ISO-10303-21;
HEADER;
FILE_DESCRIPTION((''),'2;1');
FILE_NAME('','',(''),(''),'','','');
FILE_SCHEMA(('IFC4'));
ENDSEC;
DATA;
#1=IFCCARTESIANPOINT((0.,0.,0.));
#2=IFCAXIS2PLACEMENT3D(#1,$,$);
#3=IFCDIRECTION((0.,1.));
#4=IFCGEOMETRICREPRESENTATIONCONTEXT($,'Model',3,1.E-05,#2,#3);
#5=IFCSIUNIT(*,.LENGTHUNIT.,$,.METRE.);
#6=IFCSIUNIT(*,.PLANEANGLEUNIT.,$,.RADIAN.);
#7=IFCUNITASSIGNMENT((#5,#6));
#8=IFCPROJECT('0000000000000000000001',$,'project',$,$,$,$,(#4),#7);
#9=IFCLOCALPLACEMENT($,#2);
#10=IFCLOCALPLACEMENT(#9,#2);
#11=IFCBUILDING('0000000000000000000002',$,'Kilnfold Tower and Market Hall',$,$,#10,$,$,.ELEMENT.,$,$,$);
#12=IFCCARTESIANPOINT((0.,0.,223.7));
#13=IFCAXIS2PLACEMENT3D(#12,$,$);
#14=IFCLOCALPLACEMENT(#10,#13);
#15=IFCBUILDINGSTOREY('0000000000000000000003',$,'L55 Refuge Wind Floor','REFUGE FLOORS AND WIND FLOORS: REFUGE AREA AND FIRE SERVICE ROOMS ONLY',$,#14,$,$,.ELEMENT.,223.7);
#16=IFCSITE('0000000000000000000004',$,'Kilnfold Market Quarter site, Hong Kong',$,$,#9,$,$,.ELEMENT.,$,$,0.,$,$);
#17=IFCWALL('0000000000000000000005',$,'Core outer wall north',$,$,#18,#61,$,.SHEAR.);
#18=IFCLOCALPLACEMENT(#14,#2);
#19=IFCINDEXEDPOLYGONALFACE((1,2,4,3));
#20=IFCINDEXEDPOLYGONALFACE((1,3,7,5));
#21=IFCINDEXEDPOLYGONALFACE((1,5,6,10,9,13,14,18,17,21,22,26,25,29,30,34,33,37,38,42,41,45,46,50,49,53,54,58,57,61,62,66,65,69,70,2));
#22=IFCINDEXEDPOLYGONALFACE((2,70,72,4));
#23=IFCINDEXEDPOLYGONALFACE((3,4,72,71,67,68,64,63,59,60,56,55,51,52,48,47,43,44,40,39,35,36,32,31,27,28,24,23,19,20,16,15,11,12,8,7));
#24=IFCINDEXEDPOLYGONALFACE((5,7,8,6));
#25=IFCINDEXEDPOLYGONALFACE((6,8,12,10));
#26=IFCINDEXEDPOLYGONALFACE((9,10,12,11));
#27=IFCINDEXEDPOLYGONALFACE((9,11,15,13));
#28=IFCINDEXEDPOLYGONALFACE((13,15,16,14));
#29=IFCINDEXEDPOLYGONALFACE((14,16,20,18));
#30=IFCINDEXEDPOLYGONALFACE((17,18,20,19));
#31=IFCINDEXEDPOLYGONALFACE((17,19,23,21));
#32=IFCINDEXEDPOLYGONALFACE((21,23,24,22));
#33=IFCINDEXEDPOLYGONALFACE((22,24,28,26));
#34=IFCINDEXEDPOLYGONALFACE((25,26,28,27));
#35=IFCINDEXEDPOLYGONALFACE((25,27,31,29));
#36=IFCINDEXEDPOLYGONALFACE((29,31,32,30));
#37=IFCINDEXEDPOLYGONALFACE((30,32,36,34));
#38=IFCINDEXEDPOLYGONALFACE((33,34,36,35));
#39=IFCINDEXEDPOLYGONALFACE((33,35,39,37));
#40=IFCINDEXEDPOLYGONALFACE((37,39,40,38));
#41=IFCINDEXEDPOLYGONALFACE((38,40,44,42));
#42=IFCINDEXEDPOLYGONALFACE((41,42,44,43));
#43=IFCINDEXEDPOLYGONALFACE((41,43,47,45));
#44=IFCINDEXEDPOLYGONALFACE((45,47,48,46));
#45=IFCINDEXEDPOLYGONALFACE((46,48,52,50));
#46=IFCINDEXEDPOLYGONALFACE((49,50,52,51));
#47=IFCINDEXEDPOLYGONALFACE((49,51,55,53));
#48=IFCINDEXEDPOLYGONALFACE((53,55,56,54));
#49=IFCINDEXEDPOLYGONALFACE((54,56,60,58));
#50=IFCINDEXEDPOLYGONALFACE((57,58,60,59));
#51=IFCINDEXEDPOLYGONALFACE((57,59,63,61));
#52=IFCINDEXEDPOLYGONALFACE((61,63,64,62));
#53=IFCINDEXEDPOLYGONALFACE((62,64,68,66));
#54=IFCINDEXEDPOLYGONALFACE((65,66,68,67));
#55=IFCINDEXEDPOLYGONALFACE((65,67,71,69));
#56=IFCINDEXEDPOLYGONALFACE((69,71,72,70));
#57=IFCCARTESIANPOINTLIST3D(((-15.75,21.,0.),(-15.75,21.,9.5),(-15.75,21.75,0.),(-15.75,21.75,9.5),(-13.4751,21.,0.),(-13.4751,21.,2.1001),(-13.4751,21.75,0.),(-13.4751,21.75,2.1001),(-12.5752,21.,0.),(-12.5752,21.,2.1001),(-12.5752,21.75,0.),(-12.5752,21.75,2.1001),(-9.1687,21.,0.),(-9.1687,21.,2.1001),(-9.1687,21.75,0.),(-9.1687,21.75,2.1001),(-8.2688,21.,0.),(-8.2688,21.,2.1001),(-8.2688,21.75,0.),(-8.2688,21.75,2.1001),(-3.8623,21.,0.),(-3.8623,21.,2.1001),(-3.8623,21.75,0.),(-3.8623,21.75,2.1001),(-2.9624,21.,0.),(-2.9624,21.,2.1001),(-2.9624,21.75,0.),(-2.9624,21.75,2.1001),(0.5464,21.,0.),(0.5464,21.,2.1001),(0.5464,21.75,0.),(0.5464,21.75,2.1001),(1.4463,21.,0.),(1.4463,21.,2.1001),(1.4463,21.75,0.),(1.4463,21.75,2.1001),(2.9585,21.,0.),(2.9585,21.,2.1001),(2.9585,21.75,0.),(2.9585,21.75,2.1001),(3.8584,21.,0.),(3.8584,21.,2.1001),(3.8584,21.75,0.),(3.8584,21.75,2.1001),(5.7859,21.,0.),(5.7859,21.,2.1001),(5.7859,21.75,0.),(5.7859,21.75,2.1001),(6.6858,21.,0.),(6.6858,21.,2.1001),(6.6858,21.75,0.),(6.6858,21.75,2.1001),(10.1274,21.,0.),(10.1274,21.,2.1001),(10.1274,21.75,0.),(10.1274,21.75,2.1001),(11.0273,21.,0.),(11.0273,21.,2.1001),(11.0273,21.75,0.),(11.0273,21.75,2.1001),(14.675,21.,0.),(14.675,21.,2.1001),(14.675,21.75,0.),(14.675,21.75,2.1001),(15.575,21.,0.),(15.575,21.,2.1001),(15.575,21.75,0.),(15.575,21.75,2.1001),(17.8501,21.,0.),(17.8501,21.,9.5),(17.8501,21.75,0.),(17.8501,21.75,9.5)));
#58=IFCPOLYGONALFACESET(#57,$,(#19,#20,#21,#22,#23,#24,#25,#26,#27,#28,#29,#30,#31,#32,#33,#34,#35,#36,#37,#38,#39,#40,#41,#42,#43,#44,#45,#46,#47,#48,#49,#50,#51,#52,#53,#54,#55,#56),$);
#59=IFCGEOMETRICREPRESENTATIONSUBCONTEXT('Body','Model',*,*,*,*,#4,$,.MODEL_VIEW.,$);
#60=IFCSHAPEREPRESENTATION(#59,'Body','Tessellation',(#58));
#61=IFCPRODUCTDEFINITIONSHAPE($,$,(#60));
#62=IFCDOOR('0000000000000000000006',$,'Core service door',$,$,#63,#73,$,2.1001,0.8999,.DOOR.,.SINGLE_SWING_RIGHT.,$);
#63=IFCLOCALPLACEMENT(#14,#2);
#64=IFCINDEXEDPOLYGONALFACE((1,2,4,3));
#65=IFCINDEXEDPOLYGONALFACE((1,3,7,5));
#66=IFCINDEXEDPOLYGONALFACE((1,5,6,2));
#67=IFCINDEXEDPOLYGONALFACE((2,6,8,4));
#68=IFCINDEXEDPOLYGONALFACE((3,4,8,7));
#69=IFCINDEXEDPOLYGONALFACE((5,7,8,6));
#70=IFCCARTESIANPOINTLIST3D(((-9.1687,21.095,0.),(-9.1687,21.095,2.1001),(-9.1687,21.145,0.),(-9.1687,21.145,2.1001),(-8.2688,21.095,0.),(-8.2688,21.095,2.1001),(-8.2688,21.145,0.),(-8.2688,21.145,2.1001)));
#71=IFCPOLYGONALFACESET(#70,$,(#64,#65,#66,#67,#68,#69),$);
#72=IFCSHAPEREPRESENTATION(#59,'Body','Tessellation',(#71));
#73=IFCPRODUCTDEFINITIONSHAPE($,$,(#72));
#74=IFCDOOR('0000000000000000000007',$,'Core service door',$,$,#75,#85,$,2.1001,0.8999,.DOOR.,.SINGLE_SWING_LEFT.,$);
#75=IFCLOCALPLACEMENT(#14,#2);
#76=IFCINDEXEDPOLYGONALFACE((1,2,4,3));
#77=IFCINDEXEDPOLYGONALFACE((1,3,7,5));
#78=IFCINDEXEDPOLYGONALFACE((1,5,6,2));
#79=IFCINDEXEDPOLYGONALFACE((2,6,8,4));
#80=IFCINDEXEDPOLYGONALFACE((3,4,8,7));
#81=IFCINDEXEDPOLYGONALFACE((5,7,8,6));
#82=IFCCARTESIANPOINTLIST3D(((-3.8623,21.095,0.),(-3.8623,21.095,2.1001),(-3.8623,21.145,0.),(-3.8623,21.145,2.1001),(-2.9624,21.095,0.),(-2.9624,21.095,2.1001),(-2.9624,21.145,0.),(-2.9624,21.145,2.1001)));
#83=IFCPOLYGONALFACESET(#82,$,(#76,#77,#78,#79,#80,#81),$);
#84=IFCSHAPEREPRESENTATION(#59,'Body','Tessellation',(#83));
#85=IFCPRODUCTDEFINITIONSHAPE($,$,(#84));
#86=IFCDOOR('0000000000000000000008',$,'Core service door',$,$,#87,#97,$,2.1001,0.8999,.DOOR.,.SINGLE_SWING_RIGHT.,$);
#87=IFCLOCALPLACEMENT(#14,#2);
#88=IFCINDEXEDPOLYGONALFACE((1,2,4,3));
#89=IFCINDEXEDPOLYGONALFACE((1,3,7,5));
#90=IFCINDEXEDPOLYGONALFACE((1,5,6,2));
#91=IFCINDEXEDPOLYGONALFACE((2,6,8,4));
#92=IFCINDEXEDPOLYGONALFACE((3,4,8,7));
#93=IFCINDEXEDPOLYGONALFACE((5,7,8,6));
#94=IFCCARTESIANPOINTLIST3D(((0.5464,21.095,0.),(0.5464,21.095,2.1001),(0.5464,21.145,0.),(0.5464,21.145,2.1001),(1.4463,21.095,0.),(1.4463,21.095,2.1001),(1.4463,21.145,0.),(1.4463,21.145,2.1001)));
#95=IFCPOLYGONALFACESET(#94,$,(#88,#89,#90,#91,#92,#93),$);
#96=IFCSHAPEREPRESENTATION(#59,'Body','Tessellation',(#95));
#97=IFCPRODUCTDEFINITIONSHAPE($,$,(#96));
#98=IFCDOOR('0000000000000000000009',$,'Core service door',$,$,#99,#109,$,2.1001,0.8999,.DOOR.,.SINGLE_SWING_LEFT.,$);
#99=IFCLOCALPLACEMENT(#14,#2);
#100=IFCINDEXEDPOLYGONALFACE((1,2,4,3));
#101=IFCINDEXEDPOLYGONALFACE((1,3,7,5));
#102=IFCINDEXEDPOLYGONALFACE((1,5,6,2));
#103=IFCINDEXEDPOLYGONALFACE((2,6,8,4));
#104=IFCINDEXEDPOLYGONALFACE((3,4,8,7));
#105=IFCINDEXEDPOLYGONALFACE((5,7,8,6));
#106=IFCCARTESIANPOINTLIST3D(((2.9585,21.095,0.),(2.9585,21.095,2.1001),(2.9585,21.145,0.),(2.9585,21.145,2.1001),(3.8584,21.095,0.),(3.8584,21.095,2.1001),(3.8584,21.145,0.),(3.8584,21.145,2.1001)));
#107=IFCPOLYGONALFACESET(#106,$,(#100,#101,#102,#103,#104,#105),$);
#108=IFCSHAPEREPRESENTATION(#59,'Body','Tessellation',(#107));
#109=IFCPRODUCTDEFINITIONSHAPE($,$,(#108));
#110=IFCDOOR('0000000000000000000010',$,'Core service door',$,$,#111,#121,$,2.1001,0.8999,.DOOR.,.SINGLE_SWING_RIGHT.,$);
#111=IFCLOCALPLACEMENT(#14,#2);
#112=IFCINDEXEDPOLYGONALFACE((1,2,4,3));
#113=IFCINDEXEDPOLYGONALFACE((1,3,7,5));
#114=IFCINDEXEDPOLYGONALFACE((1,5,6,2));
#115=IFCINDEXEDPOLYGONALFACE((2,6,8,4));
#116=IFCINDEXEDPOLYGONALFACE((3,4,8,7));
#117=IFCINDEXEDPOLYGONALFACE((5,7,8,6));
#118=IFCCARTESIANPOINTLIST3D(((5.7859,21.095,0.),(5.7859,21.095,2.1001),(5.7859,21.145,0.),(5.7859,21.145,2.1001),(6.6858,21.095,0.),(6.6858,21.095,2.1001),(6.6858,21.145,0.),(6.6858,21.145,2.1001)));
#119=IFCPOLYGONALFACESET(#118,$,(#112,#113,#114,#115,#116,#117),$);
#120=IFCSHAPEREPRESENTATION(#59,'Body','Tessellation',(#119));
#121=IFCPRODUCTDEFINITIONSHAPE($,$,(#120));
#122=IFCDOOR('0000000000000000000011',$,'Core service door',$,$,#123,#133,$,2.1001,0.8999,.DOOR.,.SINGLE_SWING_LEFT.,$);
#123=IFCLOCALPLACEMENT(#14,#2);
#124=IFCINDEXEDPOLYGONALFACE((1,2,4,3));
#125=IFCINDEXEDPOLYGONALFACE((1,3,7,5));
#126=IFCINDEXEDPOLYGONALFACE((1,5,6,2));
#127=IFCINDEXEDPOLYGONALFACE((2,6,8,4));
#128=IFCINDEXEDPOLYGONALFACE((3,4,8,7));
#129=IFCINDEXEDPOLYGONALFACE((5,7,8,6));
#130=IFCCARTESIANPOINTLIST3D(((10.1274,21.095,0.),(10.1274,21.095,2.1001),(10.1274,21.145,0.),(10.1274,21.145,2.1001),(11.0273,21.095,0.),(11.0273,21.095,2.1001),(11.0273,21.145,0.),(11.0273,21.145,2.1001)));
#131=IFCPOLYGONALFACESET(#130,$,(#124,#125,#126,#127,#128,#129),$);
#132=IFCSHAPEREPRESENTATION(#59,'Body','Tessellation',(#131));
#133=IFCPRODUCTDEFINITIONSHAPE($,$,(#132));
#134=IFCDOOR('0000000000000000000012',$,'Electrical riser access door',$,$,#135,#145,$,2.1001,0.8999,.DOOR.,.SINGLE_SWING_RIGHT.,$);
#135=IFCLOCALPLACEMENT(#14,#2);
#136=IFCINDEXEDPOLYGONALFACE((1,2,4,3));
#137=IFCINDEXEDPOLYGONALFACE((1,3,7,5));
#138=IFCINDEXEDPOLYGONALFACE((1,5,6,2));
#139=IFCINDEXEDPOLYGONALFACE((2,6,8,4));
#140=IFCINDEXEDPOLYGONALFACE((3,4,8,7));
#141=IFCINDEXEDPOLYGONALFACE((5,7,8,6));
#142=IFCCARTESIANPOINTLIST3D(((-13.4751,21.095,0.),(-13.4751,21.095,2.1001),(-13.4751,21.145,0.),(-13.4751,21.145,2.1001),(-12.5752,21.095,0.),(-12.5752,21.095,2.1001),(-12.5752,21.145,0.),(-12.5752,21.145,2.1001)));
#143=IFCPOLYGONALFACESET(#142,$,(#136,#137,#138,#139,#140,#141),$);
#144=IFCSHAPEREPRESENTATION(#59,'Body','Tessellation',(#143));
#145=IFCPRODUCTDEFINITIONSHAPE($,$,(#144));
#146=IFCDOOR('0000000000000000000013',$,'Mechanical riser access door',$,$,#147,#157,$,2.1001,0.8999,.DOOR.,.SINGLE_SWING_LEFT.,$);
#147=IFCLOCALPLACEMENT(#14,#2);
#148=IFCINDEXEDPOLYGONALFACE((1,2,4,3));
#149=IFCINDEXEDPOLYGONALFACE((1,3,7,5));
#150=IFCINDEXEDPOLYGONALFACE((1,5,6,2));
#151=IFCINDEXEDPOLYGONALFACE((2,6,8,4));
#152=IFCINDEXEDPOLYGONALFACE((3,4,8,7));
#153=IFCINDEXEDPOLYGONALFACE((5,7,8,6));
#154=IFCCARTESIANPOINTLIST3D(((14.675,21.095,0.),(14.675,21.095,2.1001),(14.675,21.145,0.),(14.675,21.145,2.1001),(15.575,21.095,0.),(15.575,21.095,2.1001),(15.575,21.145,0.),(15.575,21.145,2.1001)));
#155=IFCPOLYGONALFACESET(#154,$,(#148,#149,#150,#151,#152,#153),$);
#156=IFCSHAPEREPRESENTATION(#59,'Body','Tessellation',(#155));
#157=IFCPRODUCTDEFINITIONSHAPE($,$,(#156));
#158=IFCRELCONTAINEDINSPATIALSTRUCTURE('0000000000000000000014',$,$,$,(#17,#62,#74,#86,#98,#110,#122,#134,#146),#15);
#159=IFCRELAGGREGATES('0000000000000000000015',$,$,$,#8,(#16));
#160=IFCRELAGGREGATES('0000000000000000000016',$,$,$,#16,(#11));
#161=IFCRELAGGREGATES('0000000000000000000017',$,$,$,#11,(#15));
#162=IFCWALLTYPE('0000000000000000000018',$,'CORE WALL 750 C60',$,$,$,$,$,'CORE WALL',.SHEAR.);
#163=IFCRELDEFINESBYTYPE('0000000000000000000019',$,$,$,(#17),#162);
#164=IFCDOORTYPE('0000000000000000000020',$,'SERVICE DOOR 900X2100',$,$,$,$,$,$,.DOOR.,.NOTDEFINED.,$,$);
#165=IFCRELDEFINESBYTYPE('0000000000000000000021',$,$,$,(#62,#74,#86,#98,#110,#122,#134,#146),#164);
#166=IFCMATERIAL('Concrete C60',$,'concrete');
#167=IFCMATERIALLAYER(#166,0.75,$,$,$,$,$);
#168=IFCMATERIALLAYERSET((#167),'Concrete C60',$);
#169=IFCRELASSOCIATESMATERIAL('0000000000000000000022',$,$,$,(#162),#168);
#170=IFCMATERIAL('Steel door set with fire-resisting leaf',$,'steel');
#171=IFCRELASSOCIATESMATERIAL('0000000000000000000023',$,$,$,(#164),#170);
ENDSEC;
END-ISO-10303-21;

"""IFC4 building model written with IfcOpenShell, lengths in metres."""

from ifc_helpers import new_model, si_unit, direction, frame, frame_2d, origin, place, context, subcontext, project, spatial, rectangle, extrude, source, transform, mapped, material, layer, layer_set, type_object, element, fill, save


model = new_model("IFC4")

# Units and contexts
model_context = context("Model", 3, precision=1e-05, world=origin(), true_north=direction((0.0, 1.0)))
body_context = subcontext(model_context, "Body", "Model", "MODEL_VIEW")
ifc_project = project(units=[si_unit("LENGTHUNIT", "METRE"), si_unit("PLANEANGLEUNIT", "RADIAN")], contexts=[model_context])

# Site, building, storey
site_placement = place(None, origin())
site = spatial("IfcSite", under=ifc_project, at=site_placement, Name="Kilnfold Market Quarter site, Hong Kong", CompositionType="ELEMENT", RefElevation=0.0)
building_placement = place(site_placement, origin())
building = spatial("IfcBuilding", under=site, at=building_placement, Name="Kilnfold Tower and Market Hall", CompositionType="ELEMENT")
storey_placement = place(building_placement, frame((0.0, 0.0, 223.7)))
storey = spatial("IfcBuildingStorey", under=building, at=storey_placement, Name="L55 Refuge Wind Floor", Description="REFUGE FLOORS AND WIND FLOORS: REFUGE AREA AND FIRE SERVICE ROOMS ONLY", CompositionType="ELEMENT", Elevation=223.7)

# Wall, openings, doors
ifc_material_1 = material(Name="Concrete C60", Category="concrete")
ifc_layer_1 = layer(ifc_material_1, 0.75)
ifc_layer_set_1 = layer_set([ifc_layer_1], Name="Concrete C60")
wall_type_1 = type_object("IfcWallType", Name="CORE WALL 750 C60", ElementType="CORE WALL", PredefinedType="SHEAR", material=ifc_layer_set_1)
shared_shape_1 = source(origin(), body_context, "Body", "SweptSolid", [
    extrude(rectangle(XDim=33.6001, YDim=0.75, at=frame_2d((16.8, 0.0))), origin(), (0.0, 0.0, 1.0), 9.5),
])
wall_1_placement = place(storey_placement, frame((-15.75, 21.375, 0.0), z_axis=(0.0, 0.0, 1.0), x_axis=(1.0, 0.0, 0.0)))
wall_1 = element("IfcWall", 1, at=wall_1_placement, inside=storey, type_object=wall_type_1, Name="Core outer wall north", PredefinedType="SHEAR", context=body_context, shape_type="MappedRepresentation", body=[
    mapped(shared_shape_1, transform((0.0, 0.0, 0.0))),
])
opening_1_placement = place(wall_1_placement, frame((6.5813, 0.0, 0.0)))
opening_1 = element("IfcOpeningElement", 2, at=opening_1_placement, cuts=wall_1, PredefinedType="OPENING", context=body_context, shape_type="SweptSolid", body=[
    extrude(rectangle(XDim=0.8999, YDim=2.1001, at=frame_2d((0.45, 1.05))), frame((0.0, 0.385, 0.0), z_axis=(0.0, -1.0, 0.0), x_axis=(1.0, 0.0, 0.0)), (0.0, 0.0, 1.0), 0.77),
])
opening_2_placement = place(wall_1_placement, frame((11.8877, 0.0, 0.0)))
opening_2 = element("IfcOpeningElement", 3, at=opening_2_placement, cuts=wall_1, PredefinedType="OPENING", context=body_context, shape_type="SweptSolid", body=[
    extrude(rectangle(XDim=0.8999, YDim=2.1001, at=frame_2d((0.45, 1.05))), frame((0.0, 0.385, 0.0), z_axis=(0.0, -1.0, 0.0), x_axis=(1.0, 0.0, 0.0)), (0.0, 0.0, 1.0), 0.77),
])
opening_3_placement = place(wall_1_placement, frame((16.2964, 0.0, 0.0)))
opening_3 = element("IfcOpeningElement", 4, at=opening_3_placement, cuts=wall_1, PredefinedType="OPENING", context=body_context, shape_type="SweptSolid", body=[
    extrude(rectangle(XDim=0.8999, YDim=2.1001, at=frame_2d((0.45, 1.05))), frame((0.0, 0.385, 0.0), z_axis=(0.0, -1.0, 0.0), x_axis=(1.0, 0.0, 0.0)), (0.0, 0.0, 1.0), 0.77),
])
opening_4_placement = place(wall_1_placement, frame((18.7085, 0.0, 0.0)))
opening_4 = element("IfcOpeningElement", 5, at=opening_4_placement, cuts=wall_1, PredefinedType="OPENING", context=body_context, shape_type="SweptSolid", body=[
    extrude(rectangle(XDim=0.8999, YDim=2.1001, at=frame_2d((0.45, 1.05))), frame((0.0, 0.385, 0.0), z_axis=(0.0, -1.0, 0.0), x_axis=(1.0, 0.0, 0.0)), (0.0, 0.0, 1.0), 0.77),
])
opening_5_placement = place(wall_1_placement, frame((21.5359, 0.0, 0.0)))
opening_5 = element("IfcOpeningElement", 6, at=opening_5_placement, cuts=wall_1, PredefinedType="OPENING", context=body_context, shape_type="SweptSolid", body=[
    extrude(rectangle(XDim=0.8999, YDim=2.1001, at=frame_2d((0.45, 1.05))), frame((0.0, 0.385, 0.0), z_axis=(0.0, -1.0, 0.0), x_axis=(1.0, 0.0, 0.0)), (0.0, 0.0, 1.0), 0.77),
])
opening_6_placement = place(wall_1_placement, frame((25.8774, 0.0, 0.0)))
opening_6 = element("IfcOpeningElement", 7, at=opening_6_placement, cuts=wall_1, PredefinedType="OPENING", context=body_context, shape_type="SweptSolid", body=[
    extrude(rectangle(XDim=0.8999, YDim=2.1001, at=frame_2d((0.45, 1.05))), frame((0.0, 0.385, 0.0), z_axis=(0.0, -1.0, 0.0), x_axis=(1.0, 0.0, 0.0)), (0.0, 0.0, 1.0), 0.77),
])
opening_7_placement = place(wall_1_placement, frame((2.2749, 0.0, 0.0)))
opening_7 = element("IfcOpeningElement", 8, at=opening_7_placement, cuts=wall_1, PredefinedType="OPENING", context=body_context, shape_type="SweptSolid", body=[
    extrude(rectangle(XDim=0.8999, YDim=2.1001, at=frame_2d((0.45, 1.05))), frame((0.0, 0.385, 0.0), z_axis=(0.0, -1.0, 0.0), x_axis=(1.0, 0.0, 0.0)), (0.0, 0.0, 1.0), 0.77),
])
opening_8_placement = place(wall_1_placement, frame((30.425, 0.0, 0.0)))
opening_8 = element("IfcOpeningElement", 9, at=opening_8_placement, cuts=wall_1, PredefinedType="OPENING", context=body_context, shape_type="SweptSolid", body=[
    extrude(rectangle(XDim=0.8999, YDim=2.1001, at=frame_2d((0.45, 1.05))), frame((0.0, 0.385, 0.0), z_axis=(0.0, -1.0, 0.0), x_axis=(1.0, 0.0, 0.0)), (0.0, 0.0, 1.0), 0.77),
])
ifc_material_2 = material(Name="Steel door set with fire-resisting leaf", Category="steel")
door_type = type_object("IfcDoorType", Name="SERVICE DOOR 900X2100", OperationType="NOTDEFINED", PredefinedType="DOOR", material=ifc_material_2)
door_1_placement = place(opening_1_placement, origin())
door_1 = element("IfcDoor", 10, at=door_1_placement, inside=storey, type_object=door_type, Name="Core service door", OperationType="SINGLE_SWING_RIGHT", OverallHeight=2.1001, OverallWidth=0.8999, PredefinedType="DOOR", context=body_context, shape_type="SweptSolid", body=[
    extrude(rectangle(XDim=0.8999, YDim=2.1001, at=frame_2d((0.45, 1.05))), frame((0.0, -0.23, 0.0), z_axis=(0.0, -1.0, 0.0), x_axis=(1.0, 0.0, 0.0)), (0.0, 0.0, 1.0), 0.05),
])
fill(opening_1, door_1)
door_2_placement = place(opening_2_placement, origin())
door_2 = element("IfcDoor", 11, at=door_2_placement, inside=storey, type_object=door_type, Name="Core service door", OperationType="SINGLE_SWING_LEFT", OverallHeight=2.1001, OverallWidth=0.8999, PredefinedType="DOOR", context=body_context, shape_type="SweptSolid", body=[
    extrude(rectangle(XDim=0.8999, YDim=2.1001, at=frame_2d((0.45, 1.05))), frame((0.0, -0.23, 0.0), z_axis=(0.0, -1.0, 0.0), x_axis=(1.0, 0.0, 0.0)), (0.0, 0.0, 1.0), 0.05),
])
fill(opening_2, door_2)
door_3_placement = place(opening_3_placement, origin())
door_3 = element("IfcDoor", 12, at=door_3_placement, inside=storey, type_object=door_type, Name="Core service door", OperationType="SINGLE_SWING_RIGHT", OverallHeight=2.1001, OverallWidth=0.8999, PredefinedType="DOOR", context=body_context, shape_type="SweptSolid", body=[
    extrude(rectangle(XDim=0.8999, YDim=2.1001, at=frame_2d((0.45, 1.05))), frame((0.0, -0.23, 0.0), z_axis=(0.0, -1.0, 0.0), x_axis=(1.0, 0.0, 0.0)), (0.0, 0.0, 1.0), 0.05),
])
fill(opening_3, door_3)
door_4_placement = place(opening_4_placement, origin())
door_4 = element("IfcDoor", 13, at=door_4_placement, inside=storey, type_object=door_type, Name="Core service door", OperationType="SINGLE_SWING_LEFT", OverallHeight=2.1001, OverallWidth=0.8999, PredefinedType="DOOR", context=body_context, shape_type="SweptSolid", body=[
    extrude(rectangle(XDim=0.8999, YDim=2.1001, at=frame_2d((0.45, 1.05))), frame((0.0, -0.23, 0.0), z_axis=(0.0, -1.0, 0.0), x_axis=(1.0, 0.0, 0.0)), (0.0, 0.0, 1.0), 0.05),
])
fill(opening_4, door_4)
door_5_placement = place(opening_5_placement, origin())
door_5 = element("IfcDoor", 14, at=door_5_placement, inside=storey, type_object=door_type, Name="Core service door", OperationType="SINGLE_SWING_RIGHT", OverallHeight=2.1001, OverallWidth=0.8999, PredefinedType="DOOR", context=body_context, shape_type="SweptSolid", body=[
    extrude(rectangle(XDim=0.8999, YDim=2.1001, at=frame_2d((0.45, 1.05))), frame((0.0, -0.23, 0.0), z_axis=(0.0, -1.0, 0.0), x_axis=(1.0, 0.0, 0.0)), (0.0, 0.0, 1.0), 0.05),
])
fill(opening_5, door_5)
door_6_placement = place(opening_6_placement, origin())
door_6 = element("IfcDoor", 15, at=door_6_placement, inside=storey, type_object=door_type, Name="Core service door", OperationType="SINGLE_SWING_LEFT", OverallHeight=2.1001, OverallWidth=0.8999, PredefinedType="DOOR", context=body_context, shape_type="SweptSolid", body=[
    extrude(rectangle(XDim=0.8999, YDim=2.1001, at=frame_2d((0.45, 1.05))), frame((0.0, -0.23, 0.0), z_axis=(0.0, -1.0, 0.0), x_axis=(1.0, 0.0, 0.0)), (0.0, 0.0, 1.0), 0.05),
])
fill(opening_6, door_6)
door_7_placement = place(opening_7_placement, origin())
door_7 = element("IfcDoor", 16, at=door_7_placement, inside=storey, type_object=door_type, Name="Electrical riser access door", OperationType="SINGLE_SWING_RIGHT", OverallHeight=2.1001, OverallWidth=0.8999, PredefinedType="DOOR", context=body_context, shape_type="SweptSolid", body=[
    extrude(rectangle(XDim=0.8999, YDim=2.1001, at=frame_2d((0.45, 1.05))), frame((0.0, -0.23, 0.0), z_axis=(0.0, -1.0, 0.0), x_axis=(1.0, 0.0, 0.0)), (0.0, 0.0, 1.0), 0.05),
])
fill(opening_7, door_7)
door_8_placement = place(opening_8_placement, origin())
door_8 = element("IfcDoor", 17, at=door_8_placement, inside=storey, type_object=door_type, Name="Mechanical riser access door", OperationType="SINGLE_SWING_LEFT", OverallHeight=2.1001, OverallWidth=0.8999, PredefinedType="DOOR", context=body_context, shape_type="SweptSolid", body=[
    extrude(rectangle(XDim=0.8999, YDim=2.1001, at=frame_2d((0.45, 1.05))), frame((0.0, -0.23, 0.0), z_axis=(0.0, -1.0, 0.0), x_axis=(1.0, 0.0, 0.0)), (0.0, 0.0, 1.0), 0.05),
])
fill(opening_8, door_8)

save(model, "model.ifc")
